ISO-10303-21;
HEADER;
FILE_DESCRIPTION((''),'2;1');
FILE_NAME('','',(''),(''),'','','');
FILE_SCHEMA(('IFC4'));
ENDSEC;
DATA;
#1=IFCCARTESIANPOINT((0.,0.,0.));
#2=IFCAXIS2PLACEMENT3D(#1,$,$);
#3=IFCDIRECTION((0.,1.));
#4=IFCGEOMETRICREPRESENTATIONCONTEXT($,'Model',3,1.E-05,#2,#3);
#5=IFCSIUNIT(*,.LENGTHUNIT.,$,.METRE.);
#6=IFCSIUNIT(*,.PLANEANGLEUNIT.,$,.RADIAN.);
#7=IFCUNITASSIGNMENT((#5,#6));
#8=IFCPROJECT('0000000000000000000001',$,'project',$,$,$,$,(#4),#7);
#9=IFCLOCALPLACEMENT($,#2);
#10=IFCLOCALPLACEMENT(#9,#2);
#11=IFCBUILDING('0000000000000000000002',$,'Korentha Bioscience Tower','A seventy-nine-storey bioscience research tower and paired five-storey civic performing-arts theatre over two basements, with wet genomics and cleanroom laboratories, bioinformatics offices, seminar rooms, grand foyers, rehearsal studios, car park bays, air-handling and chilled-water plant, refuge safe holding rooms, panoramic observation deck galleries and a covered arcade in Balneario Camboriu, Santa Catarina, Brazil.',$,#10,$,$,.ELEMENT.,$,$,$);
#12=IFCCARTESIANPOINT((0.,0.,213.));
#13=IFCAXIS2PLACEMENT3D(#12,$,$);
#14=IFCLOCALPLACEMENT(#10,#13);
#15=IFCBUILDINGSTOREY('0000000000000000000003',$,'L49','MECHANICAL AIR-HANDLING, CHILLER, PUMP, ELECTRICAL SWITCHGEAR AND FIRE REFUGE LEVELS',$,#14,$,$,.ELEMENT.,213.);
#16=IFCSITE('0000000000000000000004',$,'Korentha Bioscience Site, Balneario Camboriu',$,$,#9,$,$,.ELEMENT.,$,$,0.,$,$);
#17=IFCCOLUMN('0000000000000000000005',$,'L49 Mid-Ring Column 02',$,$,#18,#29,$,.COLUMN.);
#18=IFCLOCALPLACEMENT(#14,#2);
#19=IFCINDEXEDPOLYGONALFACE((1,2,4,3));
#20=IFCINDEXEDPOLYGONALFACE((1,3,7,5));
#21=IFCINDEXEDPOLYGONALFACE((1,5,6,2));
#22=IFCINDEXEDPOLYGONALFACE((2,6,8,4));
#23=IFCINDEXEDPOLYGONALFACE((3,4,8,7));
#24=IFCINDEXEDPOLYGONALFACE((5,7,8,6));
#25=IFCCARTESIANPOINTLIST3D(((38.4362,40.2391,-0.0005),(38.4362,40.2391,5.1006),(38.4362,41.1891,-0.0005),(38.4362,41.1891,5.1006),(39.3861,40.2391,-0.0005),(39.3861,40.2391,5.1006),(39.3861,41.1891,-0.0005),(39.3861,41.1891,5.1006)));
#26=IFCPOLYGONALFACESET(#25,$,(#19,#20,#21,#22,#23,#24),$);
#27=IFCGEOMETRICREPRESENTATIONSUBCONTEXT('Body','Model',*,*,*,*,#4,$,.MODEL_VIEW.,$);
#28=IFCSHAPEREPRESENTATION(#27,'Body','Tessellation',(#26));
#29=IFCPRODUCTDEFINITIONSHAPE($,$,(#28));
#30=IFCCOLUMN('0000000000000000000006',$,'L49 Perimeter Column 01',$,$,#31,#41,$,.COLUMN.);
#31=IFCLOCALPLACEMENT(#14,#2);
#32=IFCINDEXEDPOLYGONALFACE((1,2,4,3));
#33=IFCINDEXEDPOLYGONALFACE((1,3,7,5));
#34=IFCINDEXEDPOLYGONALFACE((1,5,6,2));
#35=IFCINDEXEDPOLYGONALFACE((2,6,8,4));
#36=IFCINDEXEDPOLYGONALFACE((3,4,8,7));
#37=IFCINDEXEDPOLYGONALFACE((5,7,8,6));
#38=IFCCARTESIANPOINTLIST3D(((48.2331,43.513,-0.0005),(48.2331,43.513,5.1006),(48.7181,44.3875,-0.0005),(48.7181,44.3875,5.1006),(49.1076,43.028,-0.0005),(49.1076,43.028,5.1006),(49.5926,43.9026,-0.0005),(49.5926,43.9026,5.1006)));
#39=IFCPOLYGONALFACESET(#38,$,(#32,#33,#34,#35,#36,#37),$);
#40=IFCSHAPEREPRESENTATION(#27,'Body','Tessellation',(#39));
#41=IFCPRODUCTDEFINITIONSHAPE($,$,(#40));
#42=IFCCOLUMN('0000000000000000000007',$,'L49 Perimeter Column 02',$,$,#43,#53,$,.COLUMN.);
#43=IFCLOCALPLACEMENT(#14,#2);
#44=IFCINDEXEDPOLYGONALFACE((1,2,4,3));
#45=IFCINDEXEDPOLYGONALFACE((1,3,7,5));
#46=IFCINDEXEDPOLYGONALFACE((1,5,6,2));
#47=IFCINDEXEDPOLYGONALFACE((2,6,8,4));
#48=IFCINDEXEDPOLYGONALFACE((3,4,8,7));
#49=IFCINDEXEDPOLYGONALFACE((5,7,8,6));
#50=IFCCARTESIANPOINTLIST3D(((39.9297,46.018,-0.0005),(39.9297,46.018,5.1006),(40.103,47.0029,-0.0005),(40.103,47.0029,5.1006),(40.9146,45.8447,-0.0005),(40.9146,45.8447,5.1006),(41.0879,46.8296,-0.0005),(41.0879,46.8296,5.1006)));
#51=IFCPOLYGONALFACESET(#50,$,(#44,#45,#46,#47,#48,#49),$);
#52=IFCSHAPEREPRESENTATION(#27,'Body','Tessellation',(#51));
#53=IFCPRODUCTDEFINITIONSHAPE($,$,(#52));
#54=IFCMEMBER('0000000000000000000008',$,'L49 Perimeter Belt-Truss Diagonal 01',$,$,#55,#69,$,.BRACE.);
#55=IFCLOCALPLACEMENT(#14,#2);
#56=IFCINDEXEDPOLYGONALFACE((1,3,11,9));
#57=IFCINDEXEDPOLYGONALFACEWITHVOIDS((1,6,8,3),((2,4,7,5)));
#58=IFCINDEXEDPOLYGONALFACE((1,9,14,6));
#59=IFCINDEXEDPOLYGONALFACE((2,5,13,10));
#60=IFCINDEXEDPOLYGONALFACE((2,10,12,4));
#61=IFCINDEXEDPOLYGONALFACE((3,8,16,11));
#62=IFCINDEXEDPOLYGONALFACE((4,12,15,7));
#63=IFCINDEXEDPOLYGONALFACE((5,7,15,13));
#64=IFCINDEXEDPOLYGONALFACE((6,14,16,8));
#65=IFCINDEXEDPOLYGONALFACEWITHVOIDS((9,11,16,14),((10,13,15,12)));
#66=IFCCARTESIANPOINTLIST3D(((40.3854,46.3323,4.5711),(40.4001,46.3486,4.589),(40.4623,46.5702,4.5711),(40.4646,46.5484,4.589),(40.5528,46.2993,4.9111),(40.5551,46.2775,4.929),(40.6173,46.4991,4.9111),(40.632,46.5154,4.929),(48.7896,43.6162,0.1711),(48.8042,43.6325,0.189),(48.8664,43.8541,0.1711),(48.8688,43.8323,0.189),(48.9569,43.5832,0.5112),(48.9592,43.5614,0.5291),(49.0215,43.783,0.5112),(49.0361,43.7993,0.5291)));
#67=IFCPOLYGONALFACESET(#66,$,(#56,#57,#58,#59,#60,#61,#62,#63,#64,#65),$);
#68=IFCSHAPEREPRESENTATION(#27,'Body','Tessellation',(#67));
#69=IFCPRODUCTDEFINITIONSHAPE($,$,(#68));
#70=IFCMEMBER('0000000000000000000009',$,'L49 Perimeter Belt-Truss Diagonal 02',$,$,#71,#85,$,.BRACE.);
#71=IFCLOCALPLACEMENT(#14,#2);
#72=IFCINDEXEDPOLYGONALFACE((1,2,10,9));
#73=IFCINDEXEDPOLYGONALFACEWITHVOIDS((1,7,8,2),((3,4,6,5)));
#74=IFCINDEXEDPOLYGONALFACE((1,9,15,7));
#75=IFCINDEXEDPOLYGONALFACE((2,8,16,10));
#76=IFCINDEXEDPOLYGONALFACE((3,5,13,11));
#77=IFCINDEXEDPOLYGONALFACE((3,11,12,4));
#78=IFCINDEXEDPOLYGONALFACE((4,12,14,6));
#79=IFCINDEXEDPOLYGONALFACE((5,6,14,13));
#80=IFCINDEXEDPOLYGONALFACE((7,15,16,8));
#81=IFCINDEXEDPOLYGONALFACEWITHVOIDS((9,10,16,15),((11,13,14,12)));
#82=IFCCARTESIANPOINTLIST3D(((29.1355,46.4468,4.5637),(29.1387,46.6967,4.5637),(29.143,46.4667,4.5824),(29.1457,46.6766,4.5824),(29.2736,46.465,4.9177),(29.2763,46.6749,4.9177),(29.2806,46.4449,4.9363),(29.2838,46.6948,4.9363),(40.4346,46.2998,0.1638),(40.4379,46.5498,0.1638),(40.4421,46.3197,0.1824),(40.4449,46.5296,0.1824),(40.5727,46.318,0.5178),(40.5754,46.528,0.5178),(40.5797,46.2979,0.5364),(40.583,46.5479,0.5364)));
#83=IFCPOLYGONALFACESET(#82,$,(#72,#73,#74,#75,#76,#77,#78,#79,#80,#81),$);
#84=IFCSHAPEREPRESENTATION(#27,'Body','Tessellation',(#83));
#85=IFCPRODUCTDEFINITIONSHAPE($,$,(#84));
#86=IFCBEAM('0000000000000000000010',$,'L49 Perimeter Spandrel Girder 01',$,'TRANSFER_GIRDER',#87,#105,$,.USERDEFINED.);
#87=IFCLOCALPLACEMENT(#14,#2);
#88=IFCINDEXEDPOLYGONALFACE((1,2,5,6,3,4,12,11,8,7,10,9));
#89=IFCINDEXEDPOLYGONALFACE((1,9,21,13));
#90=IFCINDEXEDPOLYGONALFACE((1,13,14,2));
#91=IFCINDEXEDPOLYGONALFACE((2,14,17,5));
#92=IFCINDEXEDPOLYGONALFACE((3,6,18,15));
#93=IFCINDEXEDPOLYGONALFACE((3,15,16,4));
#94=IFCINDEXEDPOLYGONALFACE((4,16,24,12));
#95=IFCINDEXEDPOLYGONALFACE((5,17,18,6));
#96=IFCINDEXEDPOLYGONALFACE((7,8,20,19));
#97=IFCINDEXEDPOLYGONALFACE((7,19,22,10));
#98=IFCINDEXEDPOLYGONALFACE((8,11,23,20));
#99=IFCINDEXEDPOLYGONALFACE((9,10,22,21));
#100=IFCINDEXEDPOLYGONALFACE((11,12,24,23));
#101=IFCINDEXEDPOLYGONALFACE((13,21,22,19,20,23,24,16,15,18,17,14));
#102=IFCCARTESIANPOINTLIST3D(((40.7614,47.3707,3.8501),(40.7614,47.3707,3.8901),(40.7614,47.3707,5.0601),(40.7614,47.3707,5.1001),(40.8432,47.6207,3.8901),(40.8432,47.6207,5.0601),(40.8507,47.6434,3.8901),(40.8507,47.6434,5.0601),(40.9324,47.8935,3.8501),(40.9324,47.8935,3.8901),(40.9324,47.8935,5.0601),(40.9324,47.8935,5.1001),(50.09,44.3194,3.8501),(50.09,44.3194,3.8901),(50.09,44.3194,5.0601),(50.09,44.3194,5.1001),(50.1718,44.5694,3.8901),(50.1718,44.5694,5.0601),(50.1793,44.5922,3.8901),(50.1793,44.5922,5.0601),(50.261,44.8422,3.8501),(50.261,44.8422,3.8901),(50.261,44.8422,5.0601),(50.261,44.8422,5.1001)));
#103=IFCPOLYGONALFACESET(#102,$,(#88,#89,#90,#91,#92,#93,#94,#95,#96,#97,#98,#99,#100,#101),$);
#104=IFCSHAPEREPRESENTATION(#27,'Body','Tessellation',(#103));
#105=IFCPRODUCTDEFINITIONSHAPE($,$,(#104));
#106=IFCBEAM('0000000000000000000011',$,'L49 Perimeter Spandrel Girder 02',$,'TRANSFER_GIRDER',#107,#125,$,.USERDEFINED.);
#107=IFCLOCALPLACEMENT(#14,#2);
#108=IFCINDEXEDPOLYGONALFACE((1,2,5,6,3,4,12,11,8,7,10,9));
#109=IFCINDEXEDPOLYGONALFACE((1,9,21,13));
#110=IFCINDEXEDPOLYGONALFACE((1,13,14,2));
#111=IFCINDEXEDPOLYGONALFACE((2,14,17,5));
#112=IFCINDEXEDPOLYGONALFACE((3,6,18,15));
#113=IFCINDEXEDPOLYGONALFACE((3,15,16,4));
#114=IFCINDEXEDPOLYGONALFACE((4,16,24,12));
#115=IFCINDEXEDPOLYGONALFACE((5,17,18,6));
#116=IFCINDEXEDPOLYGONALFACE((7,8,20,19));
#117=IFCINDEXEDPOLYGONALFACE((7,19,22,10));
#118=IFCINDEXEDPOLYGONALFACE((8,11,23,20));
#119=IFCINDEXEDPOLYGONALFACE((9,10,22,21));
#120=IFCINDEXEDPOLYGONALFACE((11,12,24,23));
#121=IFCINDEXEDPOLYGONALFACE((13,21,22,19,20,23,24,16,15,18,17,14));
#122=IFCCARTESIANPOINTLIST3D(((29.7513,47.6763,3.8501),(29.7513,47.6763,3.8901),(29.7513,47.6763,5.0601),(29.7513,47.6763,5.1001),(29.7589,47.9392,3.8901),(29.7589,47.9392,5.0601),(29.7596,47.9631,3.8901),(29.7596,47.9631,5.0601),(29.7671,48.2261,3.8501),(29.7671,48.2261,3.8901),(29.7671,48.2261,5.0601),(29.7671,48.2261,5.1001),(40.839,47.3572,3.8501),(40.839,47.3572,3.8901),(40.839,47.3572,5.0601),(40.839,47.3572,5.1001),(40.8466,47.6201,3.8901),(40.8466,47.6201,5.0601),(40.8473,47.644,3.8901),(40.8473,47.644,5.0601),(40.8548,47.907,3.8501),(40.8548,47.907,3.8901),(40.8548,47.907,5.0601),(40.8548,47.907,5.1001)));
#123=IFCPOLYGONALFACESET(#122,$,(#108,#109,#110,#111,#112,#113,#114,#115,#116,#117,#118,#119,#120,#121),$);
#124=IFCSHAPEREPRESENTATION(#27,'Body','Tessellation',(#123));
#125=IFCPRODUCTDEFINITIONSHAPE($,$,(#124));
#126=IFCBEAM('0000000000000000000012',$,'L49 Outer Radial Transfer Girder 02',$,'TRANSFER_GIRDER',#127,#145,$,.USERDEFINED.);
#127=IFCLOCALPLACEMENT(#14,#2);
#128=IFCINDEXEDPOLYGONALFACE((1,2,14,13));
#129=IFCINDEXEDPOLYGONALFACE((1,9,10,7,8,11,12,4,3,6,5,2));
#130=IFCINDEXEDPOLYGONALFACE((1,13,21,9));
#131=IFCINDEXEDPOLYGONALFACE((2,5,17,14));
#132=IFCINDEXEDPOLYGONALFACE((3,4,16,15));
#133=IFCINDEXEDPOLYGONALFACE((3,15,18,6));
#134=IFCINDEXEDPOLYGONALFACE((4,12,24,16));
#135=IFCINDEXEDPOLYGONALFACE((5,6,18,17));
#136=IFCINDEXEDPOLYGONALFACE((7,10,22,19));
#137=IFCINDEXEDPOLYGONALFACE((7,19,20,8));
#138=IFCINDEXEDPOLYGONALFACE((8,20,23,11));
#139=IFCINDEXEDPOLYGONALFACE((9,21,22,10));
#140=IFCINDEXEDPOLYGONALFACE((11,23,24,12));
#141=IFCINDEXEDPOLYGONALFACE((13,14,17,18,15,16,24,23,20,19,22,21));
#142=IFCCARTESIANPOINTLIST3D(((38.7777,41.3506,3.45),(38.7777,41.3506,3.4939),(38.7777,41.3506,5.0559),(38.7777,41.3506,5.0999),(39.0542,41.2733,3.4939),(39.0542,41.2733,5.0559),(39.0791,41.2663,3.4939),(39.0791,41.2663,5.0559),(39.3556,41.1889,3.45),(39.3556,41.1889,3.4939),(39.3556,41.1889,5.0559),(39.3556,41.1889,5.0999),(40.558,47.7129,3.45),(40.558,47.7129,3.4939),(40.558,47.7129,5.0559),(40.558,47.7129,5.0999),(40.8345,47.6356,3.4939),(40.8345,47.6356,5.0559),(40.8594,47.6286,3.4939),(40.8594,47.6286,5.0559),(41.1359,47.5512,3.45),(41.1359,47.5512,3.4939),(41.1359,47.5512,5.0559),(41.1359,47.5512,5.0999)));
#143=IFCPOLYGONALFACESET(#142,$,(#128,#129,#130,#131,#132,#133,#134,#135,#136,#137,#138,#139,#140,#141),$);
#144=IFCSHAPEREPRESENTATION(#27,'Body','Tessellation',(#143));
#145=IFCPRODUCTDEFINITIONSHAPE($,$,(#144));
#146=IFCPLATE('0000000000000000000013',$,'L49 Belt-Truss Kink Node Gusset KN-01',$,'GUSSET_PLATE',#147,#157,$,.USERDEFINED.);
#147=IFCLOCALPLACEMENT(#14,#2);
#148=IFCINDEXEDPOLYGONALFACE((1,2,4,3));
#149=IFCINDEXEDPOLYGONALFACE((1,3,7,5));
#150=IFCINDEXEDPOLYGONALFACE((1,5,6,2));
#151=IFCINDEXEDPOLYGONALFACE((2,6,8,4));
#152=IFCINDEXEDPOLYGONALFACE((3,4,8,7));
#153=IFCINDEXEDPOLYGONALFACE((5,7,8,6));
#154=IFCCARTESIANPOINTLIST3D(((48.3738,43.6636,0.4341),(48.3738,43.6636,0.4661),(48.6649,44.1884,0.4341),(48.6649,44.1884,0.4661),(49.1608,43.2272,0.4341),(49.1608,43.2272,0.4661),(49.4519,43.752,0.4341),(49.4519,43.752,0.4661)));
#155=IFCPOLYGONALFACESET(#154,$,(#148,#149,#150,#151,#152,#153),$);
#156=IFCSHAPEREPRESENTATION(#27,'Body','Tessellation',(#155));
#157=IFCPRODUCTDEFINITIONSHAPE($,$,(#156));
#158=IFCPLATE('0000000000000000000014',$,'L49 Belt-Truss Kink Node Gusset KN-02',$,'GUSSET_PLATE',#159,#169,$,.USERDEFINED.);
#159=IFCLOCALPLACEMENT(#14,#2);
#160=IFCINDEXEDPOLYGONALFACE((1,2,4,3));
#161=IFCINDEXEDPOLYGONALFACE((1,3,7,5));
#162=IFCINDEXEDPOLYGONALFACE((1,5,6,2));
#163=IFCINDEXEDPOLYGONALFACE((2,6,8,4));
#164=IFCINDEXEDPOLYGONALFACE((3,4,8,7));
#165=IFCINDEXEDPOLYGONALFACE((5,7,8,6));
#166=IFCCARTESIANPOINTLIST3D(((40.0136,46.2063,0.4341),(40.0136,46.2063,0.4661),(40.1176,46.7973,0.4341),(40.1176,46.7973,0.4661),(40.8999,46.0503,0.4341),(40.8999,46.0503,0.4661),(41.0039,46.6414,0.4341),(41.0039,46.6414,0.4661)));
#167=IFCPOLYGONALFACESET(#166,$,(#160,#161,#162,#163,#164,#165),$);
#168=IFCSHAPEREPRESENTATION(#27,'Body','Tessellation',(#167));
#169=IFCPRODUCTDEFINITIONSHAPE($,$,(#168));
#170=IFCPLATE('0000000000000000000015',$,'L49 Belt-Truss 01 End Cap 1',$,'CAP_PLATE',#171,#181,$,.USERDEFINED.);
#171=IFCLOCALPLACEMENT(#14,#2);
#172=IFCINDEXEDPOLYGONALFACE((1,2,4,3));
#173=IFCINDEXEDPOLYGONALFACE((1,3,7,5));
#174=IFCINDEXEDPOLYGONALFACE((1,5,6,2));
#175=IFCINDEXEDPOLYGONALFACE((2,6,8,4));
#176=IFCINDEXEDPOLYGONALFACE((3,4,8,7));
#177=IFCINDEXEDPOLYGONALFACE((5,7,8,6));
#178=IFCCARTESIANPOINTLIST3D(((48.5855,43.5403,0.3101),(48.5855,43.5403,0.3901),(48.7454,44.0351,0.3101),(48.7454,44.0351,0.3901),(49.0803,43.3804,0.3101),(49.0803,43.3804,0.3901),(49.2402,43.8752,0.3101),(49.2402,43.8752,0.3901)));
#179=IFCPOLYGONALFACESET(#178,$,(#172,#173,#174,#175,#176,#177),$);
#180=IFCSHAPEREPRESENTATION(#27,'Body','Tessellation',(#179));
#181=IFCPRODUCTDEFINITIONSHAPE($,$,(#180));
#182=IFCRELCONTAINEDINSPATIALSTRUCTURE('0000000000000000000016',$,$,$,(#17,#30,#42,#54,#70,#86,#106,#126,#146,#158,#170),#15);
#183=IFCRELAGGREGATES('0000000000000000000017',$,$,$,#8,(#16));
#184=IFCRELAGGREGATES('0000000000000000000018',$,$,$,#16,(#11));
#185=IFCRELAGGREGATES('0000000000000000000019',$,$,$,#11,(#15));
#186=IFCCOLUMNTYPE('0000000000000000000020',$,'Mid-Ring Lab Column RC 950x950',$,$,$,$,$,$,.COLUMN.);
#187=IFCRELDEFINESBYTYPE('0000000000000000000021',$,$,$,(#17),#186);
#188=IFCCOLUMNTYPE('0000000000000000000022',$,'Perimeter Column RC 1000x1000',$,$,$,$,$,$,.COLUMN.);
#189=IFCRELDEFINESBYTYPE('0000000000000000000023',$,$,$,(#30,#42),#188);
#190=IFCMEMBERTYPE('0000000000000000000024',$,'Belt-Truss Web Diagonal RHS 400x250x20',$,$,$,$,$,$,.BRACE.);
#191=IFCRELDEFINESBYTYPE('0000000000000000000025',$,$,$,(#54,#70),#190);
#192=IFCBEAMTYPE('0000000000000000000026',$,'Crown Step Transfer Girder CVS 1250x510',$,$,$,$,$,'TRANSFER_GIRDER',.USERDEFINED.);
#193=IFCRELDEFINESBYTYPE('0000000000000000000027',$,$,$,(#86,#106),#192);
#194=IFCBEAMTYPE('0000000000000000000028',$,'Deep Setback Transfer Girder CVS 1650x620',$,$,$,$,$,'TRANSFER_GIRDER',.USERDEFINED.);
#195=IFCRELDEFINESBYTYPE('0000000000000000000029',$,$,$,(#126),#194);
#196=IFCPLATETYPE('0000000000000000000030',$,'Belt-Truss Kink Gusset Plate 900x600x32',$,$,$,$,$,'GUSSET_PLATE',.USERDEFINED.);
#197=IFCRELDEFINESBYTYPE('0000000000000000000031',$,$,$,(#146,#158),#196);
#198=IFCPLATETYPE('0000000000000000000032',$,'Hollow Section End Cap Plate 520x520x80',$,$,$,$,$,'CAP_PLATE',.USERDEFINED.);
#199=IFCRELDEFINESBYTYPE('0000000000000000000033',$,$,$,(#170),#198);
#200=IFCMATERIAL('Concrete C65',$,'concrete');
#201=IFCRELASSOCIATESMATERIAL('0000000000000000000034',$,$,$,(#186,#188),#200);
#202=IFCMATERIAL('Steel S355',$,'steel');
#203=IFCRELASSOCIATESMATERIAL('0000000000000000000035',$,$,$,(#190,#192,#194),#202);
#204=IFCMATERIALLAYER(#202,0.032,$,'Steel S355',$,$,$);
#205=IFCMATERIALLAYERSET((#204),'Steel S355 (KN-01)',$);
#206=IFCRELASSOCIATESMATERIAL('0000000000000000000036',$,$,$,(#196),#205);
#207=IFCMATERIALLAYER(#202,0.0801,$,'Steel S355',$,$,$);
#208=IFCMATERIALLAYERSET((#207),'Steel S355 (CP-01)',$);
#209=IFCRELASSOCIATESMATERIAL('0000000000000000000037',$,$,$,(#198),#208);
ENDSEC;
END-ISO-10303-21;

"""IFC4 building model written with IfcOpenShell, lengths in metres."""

from ifc_helpers import new_model, si_unit, direction, frame, origin, origin_2d, place, context, subcontext, project, spatial, rectangle, hollow_rectangle, i_section, extrude, material, layer, layer_set, material_profile, profile_set, type_object, element, save


model = new_model("IFC4")

# Units and contexts
model_context = context("Model", 3, precision=1e-05, world=origin(), true_north=direction((0.0, 1.0)))
body_context = subcontext(model_context, "Body", "Model", "MODEL_VIEW")
ifc_project = project(units=[si_unit("LENGTHUNIT", "METRE"), si_unit("PLANEANGLEUNIT", "RADIAN")], contexts=[model_context])

# Site, building, storey
site_placement = place(None, origin())
site = spatial("IfcSite", under=ifc_project, at=site_placement, Name="Korentha Bioscience Site, Balneario Camboriu", CompositionType="ELEMENT", RefElevation=0.0)
building_placement = place(site_placement, origin())
building = spatial("IfcBuilding", under=site, at=building_placement, Name="Korentha Bioscience Tower", Description="A seventy-nine-storey bioscience research tower and paired five-storey civic performing-arts theatre over two basements, with wet genomics and cleanroom laboratories, bioinformatics offices, seminar rooms, grand foyers, rehearsal studios, car park bays, air-handling and chilled-water plant, refuge safe holding rooms, panoramic observation deck galleries and a covered arcade in Balneario Camboriu, Santa Catarina, Brazil.", CompositionType="ELEMENT")
storey_placement = place(building_placement, frame((0.0, 0.0, 213.0)))
storey = spatial("IfcBuildingStorey", under=building, at=storey_placement, Name="L49", Description="MECHANICAL AIR-HANDLING, CHILLER, PUMP, ELECTRICAL SWITCHGEAR AND FIRE REFUGE LEVELS", CompositionType="ELEMENT", Elevation=213.0)

# Columns
ifc_material_1 = material(Name="Concrete C65", Category="concrete")
ifc_material_profile_1 = material_profile(ifc_material_1, rectangle(XDim=0.95, YDim=0.95, at=origin_2d()), Name="Concrete C65")
ifc_profile_set_1 = profile_set([ifc_material_profile_1], Name="Concrete C65 (COL-MR09)")
column_type_1 = type_object("IfcColumnType", Name="Mid-Ring Lab Column RC 950x950", PredefinedType="COLUMN", material=ifc_profile_set_1)
column_placement = place(storey_placement, frame((38.9111, 40.7141, -0.0005), z_axis=(0.0, 0.0, 1.0), x_axis=(1.0, 0.0, 0.0)))
element("IfcColumn", 1, at=column_placement, inside=storey, type_object=column_type_1, Name="L49 Mid-Ring Column 02", PredefinedType="COLUMN", context=body_context, shape_type="SweptSolid", body=[
    extrude(rectangle(XDim=0.95, YDim=0.95, at=origin_2d()), origin(), (0.0, 0.0, 1.0), 5.1011),
])
ifc_material_profile_2 = material_profile(ifc_material_1, rectangle(XDim=1.0, YDim=1.0, at=origin_2d()), Name="Concrete C65")
ifc_profile_set_2 = profile_set([ifc_material_profile_2], Name="Concrete C65 (COL-P10)")
column_type_2 = type_object("IfcColumnType", Name="Perimeter Column RC 1000x1000", PredefinedType="COLUMN", material=ifc_profile_set_2)
for number, where, z_axis, x_axis, name in (
    (2, (48.9128, 43.7078, -0.0005), (0.0, 0.0, 1.0), (-0.874535, 0.484962, 0.0), "L49 Perimeter Column 01"),
    (3, (40.5088, 46.4238, -0.0005), (0.0, 0.0, 1.0), (-0.984868, 0.173304, 0.0), "L49 Perimeter Column 02"),
):
    element("IfcColumn", number, at=place(storey_placement, frame(where, z_axis=z_axis, x_axis=x_axis)), inside=storey, type_object=column_type_2, Name=name, PredefinedType="COLUMN", context=body_context, shape_type="SweptSolid", body=[
        extrude(rectangle(XDim=1.0, YDim=1.0, at=origin_2d()), origin(), (0.0, 0.0, 1.0), 5.1011),
    ])

# Members
ifc_material_2 = material(Name="Steel S355", Category="steel")
ifc_material_profile_3 = material_profile(ifc_material_2, hollow_rectangle(XDim=0.25, YDim=0.3999, WallThickness=0.02, at=origin_2d()), Name="Steel S355")
ifc_profile_set_3 = profile_set([ifc_material_profile_3], Name="Steel S355 (BT-D400)")
member_type = type_object("IfcMemberType", Name="Belt-Truss Web Diagonal RHS 400x250x20", PredefinedType="BRACE", material=ifc_profile_set_3)
member_1_placement = place(storey_placement, frame((48.9128, 43.7078, 0.3501), z_axis=(-0.851705, 0.275258, 0.445906), x_axis=(-0.307524, -0.95154, 0.0)))
element("IfcMember", 4, at=member_1_placement, inside=storey, type_object=member_type, Name="L49 Perimeter Belt-Truss Diagonal 01", PredefinedType="BRACE", context=body_context, shape_type="SweptSolid", body=[
    extrude(hollow_rectangle(XDim=0.25, YDim=0.3999, WallThickness=0.02, at=origin_2d()), origin(), (0.0, 0.0, 1.0), 9.8674),
])
member_2_placement = place(storey_placement, frame((40.5088, 46.4238, 0.3501), z_axis=(-0.931774, 0.01212, 0.362836), x_axis=(-0.013006, -0.999915, 0.0)))
element("IfcMember", 5, at=member_2_placement, inside=storey, type_object=member_type, Name="L49 Perimeter Belt-Truss Diagonal 02", PredefinedType="BRACE", context=body_context, shape_type="SweptSolid", body=[
    extrude(hollow_rectangle(XDim=0.25, YDim=0.3999, WallThickness=0.02, at=origin_2d()), origin(), (0.0, 0.0, 1.0), 12.1265),
])

# Beams
ifc_material_profile_4 = material_profile(ifc_material_2, i_section(OverallWidth=0.55, OverallDepth=1.25, WebThickness=0.0239, FlangeThickness=0.04, at=origin_2d()), Name="Steel S355")
ifc_profile_set_4 = profile_set([ifc_material_profile_4], Name="Steel S355 (TG-03)")
beam_type_1 = type_object("IfcBeamType", Name="Crown Step Transfer Girder CVS 1250x510", ElementType="TRANSFER_GIRDER", PredefinedType="USERDEFINED", material=ifc_profile_set_4)
beam_1_placement = place(storey_placement, frame((50.1755, 44.5808, 4.4751), z_axis=(-0.950449, 0.31088, 0.0), x_axis=(-0.31088, -0.950449, 0.0)))
element("IfcBeam", 6, at=beam_1_placement, inside=storey, type_object=beam_type_1, Name="L49 Perimeter Spandrel Girder 01", ObjectType="TRANSFER_GIRDER", PredefinedType="USERDEFINED", context=body_context, shape_type="SweptSolid", body=[
    extrude(i_section(OverallWidth=0.55, OverallDepth=1.25, WebThickness=0.0239, FlangeThickness=0.04, at=origin_2d()), origin(), (0.0, 0.0, 1.0), 9.8149),
])
beam_2_placement = place(storey_placement, frame((40.8469, 47.6321, 4.4751), z_axis=(-0.999586, 0.028767, 0.0), x_axis=(-0.028767, -0.999586, 0.0)))
element("IfcBeam", 7, at=beam_2_placement, inside=storey, type_object=beam_type_1, Name="L49 Perimeter Spandrel Girder 02", ObjectType="TRANSFER_GIRDER", PredefinedType="USERDEFINED", context=body_context, shape_type="SweptSolid", body=[
    extrude(i_section(OverallWidth=0.55, OverallDepth=1.25, WebThickness=0.0239, FlangeThickness=0.04, at=origin_2d()), origin(), (0.0, 0.0, 1.0), 11.0923),
])
ifc_material_profile_5 = material_profile(ifc_material_2, i_section(OverallWidth=0.6001, OverallDepth=1.6499, WebThickness=0.0259, FlangeThickness=0.0439, at=origin_2d()), Name="Steel S355")
ifc_profile_set_5 = profile_set([ifc_material_profile_5], Name="Steel S355 (TG-04)")
beam_type_2 = type_object("IfcBeamType", Name="Deep Setback Transfer Girder CVS 1650x620", ElementType="TRANSFER_GIRDER", PredefinedType="USERDEFINED", material=ifc_profile_set_5)
beam_3_placement = place(storey_placement, frame((39.0667, 41.2698, 4.2749), z_axis=(0.269465, 0.96301, 0.0), x_axis=(-0.96301, 0.269465, 0.0)))
element("IfcBeam", 8, at=beam_3_placement, inside=storey, type_object=beam_type_2, Name="L49 Outer Radial Transfer Girder 02", ObjectType="TRANSFER_GIRDER", PredefinedType="USERDEFINED", context=body_context, shape_type="SweptSolid", body=[
    extrude(i_section(OverallWidth=0.6001, OverallDepth=1.6499, WebThickness=0.0259, FlangeThickness=0.0439, at=origin_2d()), origin(), (0.0, 0.0, 1.0), 6.6067),
])

# Plates
ifc_layer_1 = layer(ifc_material_2, 0.032, Name="Steel S355")
ifc_layer_set_1 = layer_set([ifc_layer_1], Name="Steel S355 (KN-01)")
plate_type_1 = type_object("IfcPlateType", Name="Belt-Truss Kink Gusset Plate 900x600x32", ElementType="GUSSET_PLATE", PredefinedType="USERDEFINED", material=ifc_layer_set_1)
for number, where, z_axis, x_axis, name in (
    (9, (48.9128, 43.7078, 0.4341), (0.0, 0.0, 1.0), (-0.874535, 0.484962, 0.0), "L49 Belt-Truss Kink Node Gusset KN-01"),
    (10, (40.5088, 46.4238, 0.4341), (0.0, 0.0, 1.0), (-0.984868, 0.173304, 0.0), "L49 Belt-Truss Kink Node Gusset KN-02"),
):
    element("IfcPlate", number, at=place(storey_placement, frame(where, z_axis=z_axis, x_axis=x_axis)), inside=storey, type_object=plate_type_1, Name=name, ObjectType="GUSSET_PLATE", PredefinedType="USERDEFINED", context=body_context, shape_type="SweptSolid", body=[
        extrude(rectangle(XDim=0.8999, YDim=0.6001, at=origin_2d()), origin(), (0.0, 0.0, 1.0), 0.032),
    ])
ifc_layer_2 = layer(ifc_material_2, 0.0801, Name="Steel S355")
ifc_layer_set_2 = layer_set([ifc_layer_2], Name="Steel S355 (CP-01)")
plate_type_2 = type_object("IfcPlateType", Name="Hollow Section End Cap Plate 520x520x80", ElementType="CAP_PLATE", PredefinedType="USERDEFINED", material=ifc_layer_set_2)
for number, where, z_axis, x_axis, name in (
    (11, (48.9128, 43.7078, 0.3101), (0.0, 0.0, 1.0), (-0.951541, 0.307523, 0.0), "L49 Belt-Truss 01 End Cap 1"),
):
    element("IfcPlate", number, at=place(storey_placement, frame(where, z_axis=z_axis, x_axis=x_axis)), inside=storey, type_object=plate_type_2, Name=name, ObjectType="CAP_PLATE", PredefinedType="USERDEFINED", context=body_context, shape_type="SweptSolid", body=[
        extrude(rectangle(XDim=0.52, YDim=0.52, at=origin_2d()), origin(), (0.0, 0.0, 1.0), 0.0801),
    ])

save(model, "model.ifc")
